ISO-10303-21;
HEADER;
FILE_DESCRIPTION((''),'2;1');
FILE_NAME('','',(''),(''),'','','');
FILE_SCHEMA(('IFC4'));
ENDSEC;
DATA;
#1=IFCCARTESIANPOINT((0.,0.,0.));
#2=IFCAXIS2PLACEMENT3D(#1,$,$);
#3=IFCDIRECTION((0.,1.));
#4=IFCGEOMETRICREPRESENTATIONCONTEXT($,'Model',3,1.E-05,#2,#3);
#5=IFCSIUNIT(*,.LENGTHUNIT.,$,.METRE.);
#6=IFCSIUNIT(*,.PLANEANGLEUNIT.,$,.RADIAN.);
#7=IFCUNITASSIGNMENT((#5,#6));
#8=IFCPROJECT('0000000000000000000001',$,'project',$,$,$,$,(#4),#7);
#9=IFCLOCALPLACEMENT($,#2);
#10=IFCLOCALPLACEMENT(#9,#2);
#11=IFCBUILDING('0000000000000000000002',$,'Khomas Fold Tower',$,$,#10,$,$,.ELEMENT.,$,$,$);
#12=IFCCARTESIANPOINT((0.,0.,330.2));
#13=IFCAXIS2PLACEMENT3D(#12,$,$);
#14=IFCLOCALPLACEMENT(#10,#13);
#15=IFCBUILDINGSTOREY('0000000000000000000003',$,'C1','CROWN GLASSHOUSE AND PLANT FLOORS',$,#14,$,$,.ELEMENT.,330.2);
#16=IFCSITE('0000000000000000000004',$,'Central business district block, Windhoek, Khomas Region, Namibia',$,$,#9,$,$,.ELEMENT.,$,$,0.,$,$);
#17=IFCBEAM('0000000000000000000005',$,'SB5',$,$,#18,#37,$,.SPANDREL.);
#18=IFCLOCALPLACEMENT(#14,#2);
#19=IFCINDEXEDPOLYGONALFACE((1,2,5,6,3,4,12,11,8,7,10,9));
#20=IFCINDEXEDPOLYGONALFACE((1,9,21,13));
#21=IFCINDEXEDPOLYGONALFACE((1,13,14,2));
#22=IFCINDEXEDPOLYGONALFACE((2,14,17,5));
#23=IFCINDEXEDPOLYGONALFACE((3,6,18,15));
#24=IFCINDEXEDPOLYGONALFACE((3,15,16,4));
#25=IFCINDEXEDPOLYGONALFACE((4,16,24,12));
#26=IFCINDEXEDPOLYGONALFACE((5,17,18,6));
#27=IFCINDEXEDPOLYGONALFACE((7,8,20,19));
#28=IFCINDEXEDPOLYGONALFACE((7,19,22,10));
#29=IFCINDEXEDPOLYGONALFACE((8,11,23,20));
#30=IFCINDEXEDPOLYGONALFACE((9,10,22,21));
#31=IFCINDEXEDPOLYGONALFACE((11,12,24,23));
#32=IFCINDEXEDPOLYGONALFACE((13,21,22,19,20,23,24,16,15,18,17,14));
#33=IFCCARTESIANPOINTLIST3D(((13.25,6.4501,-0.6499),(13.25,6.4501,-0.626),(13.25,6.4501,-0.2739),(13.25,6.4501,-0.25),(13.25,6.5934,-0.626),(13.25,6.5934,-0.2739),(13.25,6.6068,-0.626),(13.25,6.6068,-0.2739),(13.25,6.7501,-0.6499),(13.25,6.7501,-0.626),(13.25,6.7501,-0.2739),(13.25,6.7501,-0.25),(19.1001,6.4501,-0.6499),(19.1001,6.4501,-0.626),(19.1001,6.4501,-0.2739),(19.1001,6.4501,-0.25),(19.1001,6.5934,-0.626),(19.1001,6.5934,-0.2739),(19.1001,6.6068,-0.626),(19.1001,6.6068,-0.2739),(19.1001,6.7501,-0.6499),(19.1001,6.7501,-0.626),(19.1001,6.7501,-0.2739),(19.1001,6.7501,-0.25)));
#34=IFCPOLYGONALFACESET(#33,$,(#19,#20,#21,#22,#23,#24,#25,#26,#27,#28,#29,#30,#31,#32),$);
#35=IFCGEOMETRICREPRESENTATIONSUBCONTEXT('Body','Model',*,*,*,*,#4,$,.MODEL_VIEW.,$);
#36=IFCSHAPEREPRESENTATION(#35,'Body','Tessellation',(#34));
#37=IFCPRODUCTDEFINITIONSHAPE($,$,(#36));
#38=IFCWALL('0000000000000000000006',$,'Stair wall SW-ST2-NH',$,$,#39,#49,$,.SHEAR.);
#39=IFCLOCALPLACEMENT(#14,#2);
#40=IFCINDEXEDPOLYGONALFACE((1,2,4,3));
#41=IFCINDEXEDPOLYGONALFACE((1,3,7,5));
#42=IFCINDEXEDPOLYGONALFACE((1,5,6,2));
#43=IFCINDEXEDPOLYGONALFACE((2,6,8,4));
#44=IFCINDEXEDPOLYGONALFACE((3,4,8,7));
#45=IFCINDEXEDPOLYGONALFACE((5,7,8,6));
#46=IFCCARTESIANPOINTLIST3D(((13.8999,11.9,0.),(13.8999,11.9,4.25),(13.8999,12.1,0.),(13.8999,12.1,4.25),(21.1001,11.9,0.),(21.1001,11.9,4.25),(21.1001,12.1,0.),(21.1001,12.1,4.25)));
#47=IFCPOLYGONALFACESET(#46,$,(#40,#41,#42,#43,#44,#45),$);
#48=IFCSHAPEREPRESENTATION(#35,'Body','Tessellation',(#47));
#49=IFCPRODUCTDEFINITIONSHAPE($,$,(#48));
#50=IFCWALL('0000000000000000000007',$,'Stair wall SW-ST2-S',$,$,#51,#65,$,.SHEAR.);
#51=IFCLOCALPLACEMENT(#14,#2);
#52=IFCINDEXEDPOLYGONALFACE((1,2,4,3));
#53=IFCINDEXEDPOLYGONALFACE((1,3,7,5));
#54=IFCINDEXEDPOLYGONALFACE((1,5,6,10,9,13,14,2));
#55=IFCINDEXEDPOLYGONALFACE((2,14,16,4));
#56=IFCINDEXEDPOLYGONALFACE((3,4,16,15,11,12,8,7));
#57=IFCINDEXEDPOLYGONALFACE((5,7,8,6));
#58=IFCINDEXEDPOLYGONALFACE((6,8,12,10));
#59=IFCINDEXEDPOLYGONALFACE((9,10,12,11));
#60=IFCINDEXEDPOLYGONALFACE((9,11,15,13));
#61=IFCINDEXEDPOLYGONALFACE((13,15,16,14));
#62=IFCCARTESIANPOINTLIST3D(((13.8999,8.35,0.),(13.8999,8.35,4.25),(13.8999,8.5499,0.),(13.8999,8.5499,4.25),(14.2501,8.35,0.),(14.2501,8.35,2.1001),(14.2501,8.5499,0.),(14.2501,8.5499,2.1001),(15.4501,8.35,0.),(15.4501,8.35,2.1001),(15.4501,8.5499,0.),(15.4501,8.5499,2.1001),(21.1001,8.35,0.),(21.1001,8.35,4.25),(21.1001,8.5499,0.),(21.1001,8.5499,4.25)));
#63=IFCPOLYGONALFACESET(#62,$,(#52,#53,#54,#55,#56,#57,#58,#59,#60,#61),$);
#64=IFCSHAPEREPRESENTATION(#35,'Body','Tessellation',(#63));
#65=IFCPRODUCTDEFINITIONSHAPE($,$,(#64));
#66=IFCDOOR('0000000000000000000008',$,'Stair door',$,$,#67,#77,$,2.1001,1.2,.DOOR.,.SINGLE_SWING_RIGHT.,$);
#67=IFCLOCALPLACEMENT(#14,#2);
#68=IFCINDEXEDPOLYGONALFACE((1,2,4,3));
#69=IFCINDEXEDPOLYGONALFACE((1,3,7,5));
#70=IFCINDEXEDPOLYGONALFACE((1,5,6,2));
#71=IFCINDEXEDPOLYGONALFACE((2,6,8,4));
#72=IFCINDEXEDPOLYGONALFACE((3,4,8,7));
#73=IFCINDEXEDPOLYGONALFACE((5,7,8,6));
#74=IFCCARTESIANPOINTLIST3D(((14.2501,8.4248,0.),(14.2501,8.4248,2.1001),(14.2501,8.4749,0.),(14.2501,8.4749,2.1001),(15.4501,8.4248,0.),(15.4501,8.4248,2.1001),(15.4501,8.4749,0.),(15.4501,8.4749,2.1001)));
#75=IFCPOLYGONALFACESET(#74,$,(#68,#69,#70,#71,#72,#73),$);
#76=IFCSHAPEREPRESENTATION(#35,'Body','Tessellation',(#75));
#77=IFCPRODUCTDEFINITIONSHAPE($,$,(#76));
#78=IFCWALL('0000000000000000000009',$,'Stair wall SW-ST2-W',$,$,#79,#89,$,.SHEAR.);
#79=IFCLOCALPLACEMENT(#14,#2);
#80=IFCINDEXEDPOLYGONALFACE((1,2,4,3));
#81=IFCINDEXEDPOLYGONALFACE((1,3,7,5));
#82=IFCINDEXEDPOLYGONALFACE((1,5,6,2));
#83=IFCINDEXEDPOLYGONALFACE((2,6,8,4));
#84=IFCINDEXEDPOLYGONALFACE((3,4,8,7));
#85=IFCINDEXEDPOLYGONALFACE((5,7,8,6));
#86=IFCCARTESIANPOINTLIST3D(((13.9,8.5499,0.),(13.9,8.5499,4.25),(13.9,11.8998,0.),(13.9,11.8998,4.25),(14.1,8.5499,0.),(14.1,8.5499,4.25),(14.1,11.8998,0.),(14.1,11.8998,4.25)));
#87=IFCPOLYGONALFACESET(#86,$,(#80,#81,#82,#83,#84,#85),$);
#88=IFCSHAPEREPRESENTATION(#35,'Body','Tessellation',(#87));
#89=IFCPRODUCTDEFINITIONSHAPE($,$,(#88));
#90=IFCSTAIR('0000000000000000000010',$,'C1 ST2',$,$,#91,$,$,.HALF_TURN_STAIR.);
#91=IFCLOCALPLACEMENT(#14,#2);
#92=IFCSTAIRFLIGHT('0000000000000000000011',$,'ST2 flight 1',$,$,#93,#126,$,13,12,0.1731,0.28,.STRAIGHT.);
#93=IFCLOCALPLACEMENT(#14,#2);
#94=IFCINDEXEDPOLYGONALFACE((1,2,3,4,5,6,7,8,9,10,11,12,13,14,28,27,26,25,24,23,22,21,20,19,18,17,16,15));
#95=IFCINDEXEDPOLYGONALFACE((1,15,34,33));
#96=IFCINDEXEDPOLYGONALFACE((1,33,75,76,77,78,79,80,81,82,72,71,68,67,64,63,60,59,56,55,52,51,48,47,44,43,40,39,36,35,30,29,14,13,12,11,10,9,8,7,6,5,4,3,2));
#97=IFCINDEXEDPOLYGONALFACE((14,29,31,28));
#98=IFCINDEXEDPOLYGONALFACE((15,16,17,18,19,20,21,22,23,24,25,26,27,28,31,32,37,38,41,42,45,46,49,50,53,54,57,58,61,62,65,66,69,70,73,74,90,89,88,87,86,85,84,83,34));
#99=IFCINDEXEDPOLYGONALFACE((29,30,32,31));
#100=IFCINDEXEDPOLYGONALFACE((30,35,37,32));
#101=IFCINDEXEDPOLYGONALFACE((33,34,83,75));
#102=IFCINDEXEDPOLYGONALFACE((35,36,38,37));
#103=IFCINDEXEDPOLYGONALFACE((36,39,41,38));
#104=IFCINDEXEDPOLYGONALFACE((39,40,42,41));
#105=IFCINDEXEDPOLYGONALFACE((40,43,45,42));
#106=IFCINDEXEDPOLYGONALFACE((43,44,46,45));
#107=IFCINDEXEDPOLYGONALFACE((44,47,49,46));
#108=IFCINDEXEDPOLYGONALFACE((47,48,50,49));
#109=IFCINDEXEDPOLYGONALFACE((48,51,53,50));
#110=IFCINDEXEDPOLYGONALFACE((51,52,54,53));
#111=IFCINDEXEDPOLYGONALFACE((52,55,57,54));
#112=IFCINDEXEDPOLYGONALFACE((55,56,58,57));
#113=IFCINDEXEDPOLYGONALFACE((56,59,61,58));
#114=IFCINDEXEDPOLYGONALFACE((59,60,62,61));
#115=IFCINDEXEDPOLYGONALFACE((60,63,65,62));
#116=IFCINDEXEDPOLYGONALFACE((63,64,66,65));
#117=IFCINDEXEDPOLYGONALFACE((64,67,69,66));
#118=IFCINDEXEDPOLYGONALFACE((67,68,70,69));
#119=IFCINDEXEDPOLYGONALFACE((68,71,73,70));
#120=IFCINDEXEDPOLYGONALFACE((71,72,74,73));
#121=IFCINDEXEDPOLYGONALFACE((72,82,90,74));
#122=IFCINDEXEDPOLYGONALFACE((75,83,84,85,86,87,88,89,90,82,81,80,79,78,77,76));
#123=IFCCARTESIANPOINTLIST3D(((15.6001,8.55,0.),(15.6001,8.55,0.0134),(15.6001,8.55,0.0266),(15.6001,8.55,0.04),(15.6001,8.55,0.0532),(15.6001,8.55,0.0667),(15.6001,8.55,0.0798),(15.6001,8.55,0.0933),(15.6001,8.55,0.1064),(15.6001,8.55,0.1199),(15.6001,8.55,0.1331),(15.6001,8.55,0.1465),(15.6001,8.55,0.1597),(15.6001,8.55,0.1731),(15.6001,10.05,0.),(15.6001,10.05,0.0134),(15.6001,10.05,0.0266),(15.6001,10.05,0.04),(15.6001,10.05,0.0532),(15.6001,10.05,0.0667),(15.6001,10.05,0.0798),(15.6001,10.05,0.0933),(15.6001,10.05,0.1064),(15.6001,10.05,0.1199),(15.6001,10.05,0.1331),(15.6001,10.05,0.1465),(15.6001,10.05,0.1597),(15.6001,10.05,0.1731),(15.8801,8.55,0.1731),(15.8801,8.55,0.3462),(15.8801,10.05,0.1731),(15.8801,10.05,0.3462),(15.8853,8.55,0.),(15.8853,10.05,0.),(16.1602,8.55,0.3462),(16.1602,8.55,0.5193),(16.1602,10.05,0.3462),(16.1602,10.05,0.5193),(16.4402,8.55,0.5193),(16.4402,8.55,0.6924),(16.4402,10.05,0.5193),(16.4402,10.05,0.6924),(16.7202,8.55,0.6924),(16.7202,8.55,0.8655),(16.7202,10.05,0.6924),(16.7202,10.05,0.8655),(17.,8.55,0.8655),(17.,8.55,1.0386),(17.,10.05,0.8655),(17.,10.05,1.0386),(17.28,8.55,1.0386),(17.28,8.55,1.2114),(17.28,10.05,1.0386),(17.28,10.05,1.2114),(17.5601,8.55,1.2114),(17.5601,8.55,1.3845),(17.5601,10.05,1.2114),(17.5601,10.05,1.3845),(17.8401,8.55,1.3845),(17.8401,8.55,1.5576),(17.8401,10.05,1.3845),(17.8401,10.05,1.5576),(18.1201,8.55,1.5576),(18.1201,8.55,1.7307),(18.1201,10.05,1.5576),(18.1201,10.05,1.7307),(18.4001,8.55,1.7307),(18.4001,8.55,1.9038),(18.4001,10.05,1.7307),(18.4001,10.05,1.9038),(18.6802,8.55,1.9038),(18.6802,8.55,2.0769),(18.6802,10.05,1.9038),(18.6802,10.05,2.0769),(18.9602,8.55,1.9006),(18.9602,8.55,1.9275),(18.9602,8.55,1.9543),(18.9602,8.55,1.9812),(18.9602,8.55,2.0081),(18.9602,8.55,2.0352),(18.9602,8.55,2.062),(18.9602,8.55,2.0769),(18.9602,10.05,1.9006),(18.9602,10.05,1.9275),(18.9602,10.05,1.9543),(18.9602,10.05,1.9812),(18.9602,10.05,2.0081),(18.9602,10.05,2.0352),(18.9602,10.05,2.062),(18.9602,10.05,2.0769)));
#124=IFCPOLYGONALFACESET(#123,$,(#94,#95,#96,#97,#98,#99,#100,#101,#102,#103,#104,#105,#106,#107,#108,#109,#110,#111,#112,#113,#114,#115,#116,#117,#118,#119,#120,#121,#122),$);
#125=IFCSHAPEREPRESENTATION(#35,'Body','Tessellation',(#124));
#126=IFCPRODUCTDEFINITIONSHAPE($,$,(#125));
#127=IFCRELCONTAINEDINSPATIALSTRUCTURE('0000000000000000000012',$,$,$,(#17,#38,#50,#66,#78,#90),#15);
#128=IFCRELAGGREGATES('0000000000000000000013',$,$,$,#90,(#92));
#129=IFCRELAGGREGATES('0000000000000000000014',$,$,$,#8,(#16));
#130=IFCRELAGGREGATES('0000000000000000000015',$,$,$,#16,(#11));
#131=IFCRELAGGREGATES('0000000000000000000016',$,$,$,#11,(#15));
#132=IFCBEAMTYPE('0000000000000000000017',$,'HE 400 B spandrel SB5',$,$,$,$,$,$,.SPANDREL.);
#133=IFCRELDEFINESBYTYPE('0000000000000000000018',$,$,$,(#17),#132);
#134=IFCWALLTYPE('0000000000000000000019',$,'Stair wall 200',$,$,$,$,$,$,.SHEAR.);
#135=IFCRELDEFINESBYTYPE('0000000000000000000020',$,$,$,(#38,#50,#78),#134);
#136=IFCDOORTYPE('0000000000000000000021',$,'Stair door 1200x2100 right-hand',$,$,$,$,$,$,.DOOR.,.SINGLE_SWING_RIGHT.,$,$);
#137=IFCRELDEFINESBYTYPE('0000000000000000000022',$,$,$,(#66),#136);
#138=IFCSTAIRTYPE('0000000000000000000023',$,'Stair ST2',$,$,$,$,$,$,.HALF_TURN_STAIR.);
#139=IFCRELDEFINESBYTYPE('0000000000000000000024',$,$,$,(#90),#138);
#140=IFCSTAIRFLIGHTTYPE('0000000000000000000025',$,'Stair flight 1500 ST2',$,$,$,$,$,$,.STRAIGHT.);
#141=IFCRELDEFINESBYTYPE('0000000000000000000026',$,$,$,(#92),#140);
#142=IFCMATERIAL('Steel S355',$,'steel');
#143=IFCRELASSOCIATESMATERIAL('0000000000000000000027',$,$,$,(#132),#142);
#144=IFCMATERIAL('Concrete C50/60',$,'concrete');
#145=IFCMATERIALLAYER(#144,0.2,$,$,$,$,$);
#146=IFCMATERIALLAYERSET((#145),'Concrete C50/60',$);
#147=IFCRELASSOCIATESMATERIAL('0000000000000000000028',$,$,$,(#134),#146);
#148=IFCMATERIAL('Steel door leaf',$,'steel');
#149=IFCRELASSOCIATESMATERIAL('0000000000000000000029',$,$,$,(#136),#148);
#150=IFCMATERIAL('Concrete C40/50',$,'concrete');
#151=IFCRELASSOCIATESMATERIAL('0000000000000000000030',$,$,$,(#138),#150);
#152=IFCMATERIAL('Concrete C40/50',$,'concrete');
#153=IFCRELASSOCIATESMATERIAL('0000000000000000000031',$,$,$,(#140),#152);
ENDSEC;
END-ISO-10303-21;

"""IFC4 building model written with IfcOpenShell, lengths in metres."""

from ifc_helpers import new_model, si_unit, direction, frame, frame_2d, origin, origin_2d, place, context, subcontext, project, spatial, polyline, rectangle, i_section, outline, extrude, source, transform, mapped, material, layer, layer_set, material_profile, profile_set, type_object, element, fill, aggregate, save


model = new_model("IFC4")

# Units and contexts
model_context = context("Model", 3, precision=1e-05, world=origin(), true_north=direction((0.0, 1.0)))
body_context = subcontext(model_context, "Body", "Model", "MODEL_VIEW")
ifc_project = project(units=[si_unit("LENGTHUNIT", "METRE"), si_unit("PLANEANGLEUNIT", "RADIAN")], contexts=[model_context])

# Site, building, storey
site_placement = place(None, origin())
site = spatial("IfcSite", under=ifc_project, at=site_placement, Name="Central business district block, Windhoek, Khomas Region, Namibia", CompositionType="ELEMENT", RefElevation=0.0)
building_placement = place(site_placement, origin())
building = spatial("IfcBuilding", under=site, at=building_placement, Name="Khomas Fold Tower", CompositionType="ELEMENT")
storey_placement = place(building_placement, frame((0.0, 0.0, 330.2)))
storey = spatial("IfcBuildingStorey", under=building, at=storey_placement, Name="C1", Description="CROWN GLASSHOUSE AND PLANT FLOORS", CompositionType="ELEMENT", Elevation=330.2)

# Beam
ifc_material_1 = material(Name="Steel S355", Category="steel")
ifc_material_profile = material_profile(ifc_material_1, i_section(OverallWidth=0.3, OverallDepth=0.3999, WebThickness=0.0134, FlangeThickness=0.0239, at=origin_2d()), Name="HE 400 B")
ifc_profile_set = profile_set([ifc_material_profile], Name="Steel S355")
beam_type = type_object("IfcBeamType", Name="HE 400 B spandrel SB5", PredefinedType="SPANDREL", material=ifc_profile_set)
shared_shape_1 = source(origin(), body_context, "Body", "SweptSolid", [
    extrude(i_section(OverallWidth=0.3, OverallDepth=0.3999, WebThickness=0.0134, FlangeThickness=0.0239, at=origin_2d()), origin(), (0.0, 0.0, 1.0), 5.8501),
])
beam_placement = place(storey_placement, frame((13.25, 6.6001, -0.45), z_axis=(1.0, 0.0, 0.0), x_axis=(0.0, 1.0, 0.0)))
element("IfcBeam", 1, at=beam_placement, inside=storey, type_object=beam_type, Name="SB5", PredefinedType="SPANDREL", context=body_context, shape_type="MappedRepresentation", body=[
    mapped(shared_shape_1, transform((0.0, 0.0, 0.0))),
])

# Wall
ifc_material_2 = material(Name="Concrete C50/60", Category="concrete")
ifc_layer = layer(ifc_material_2, 0.2)
ifc_layer_set = layer_set([ifc_layer], Name="Concrete C50/60")
wall_type = type_object("IfcWallType", Name="Stair wall 200", PredefinedType="SHEAR", material=ifc_layer_set)
shared_shape_2 = source(origin(), body_context, "Body", "SweptSolid", [
    extrude(rectangle(XDim=7.2002, YDim=0.2, at=frame_2d((3.6001, 0.0))), origin(), (0.0, 0.0, 1.0), 4.25),
])
wall_1_placement = place(storey_placement, frame((13.8999, 12.0, 0.0), z_axis=(0.0, 0.0, 1.0), x_axis=(1.0, 0.0, 0.0)))
element("IfcWall", 2, at=wall_1_placement, inside=storey, type_object=wall_type, Name="Stair wall SW-ST2-NH", PredefinedType="SHEAR", context=body_context, shape_type="MappedRepresentation", body=[
    mapped(shared_shape_2, transform((0.0, 0.0, 0.0))),
])

# Wall, opening, door
wall_2_placement = place(storey_placement, frame((13.8999, 8.45, 0.0), z_axis=(0.0, 0.0, 1.0), x_axis=(1.0, 0.0, 0.0)))
wall_2 = element("IfcWall", 3, at=wall_2_placement, inside=storey, type_object=wall_type, Name="Stair wall SW-ST2-S", PredefinedType="SHEAR", context=body_context, shape_type="MappedRepresentation", body=[
    mapped(shared_shape_2, transform((0.0, 0.0, 0.0))),
])
shared_shape_3 = source(origin(), body_context, "Body", "SweptSolid", [
    extrude(rectangle(XDim=1.2, YDim=2.1001, at=frame_2d((0.6001, 1.05))), frame((0.0, 0.1099, 0.0), z_axis=(0.0, -1.0, 0.0), x_axis=(1.0, 0.0, 0.0)), (0.0, 0.0, 1.0), 0.22),
])
opening_placement = place(wall_2_placement, frame((0.3501, 0.0, 0.0)))
opening = element("IfcOpeningElement", 4, at=opening_placement, cuts=wall_2, PredefinedType="OPENING", context=body_context, shape_type="MappedRepresentation", body=[
    mapped(shared_shape_3, transform((0.0, 0.0, 0.0))),
])
ifc_material_3 = material(Name="Steel door leaf", Category="steel")
door_type = type_object("IfcDoorType", Name="Stair door 1200x2100 right-hand", OperationType="SINGLE_SWING_RIGHT", PredefinedType="DOOR", material=ifc_material_3)
shared_shape_4 = source(origin(), body_context, "Body", "SweptSolid", [
    extrude(rectangle(XDim=1.2, YDim=2.1001, at=frame_2d((0.6001, 1.05))), frame((0.0, 0.0249, 0.0), z_axis=(0.0, -1.0, 0.0), x_axis=(1.0, 0.0, 0.0)), (0.0, 0.0, 1.0), 0.05),
])
door_placement = place(opening_placement, origin())
door = element("IfcDoor", 5, at=door_placement, inside=storey, type_object=door_type, Name="Stair door", OperationType="SINGLE_SWING_RIGHT", OverallHeight=2.1001, OverallWidth=1.2, PredefinedType="DOOR", context=body_context, shape_type="MappedRepresentation", body=[
    mapped(shared_shape_4, transform((0.0, 0.0, 0.0))),
])
fill(opening, door)

# Wall
shared_shape_5 = source(origin(), body_context, "Body", "SweptSolid", [
    extrude(rectangle(XDim=3.3499, YDim=0.2, at=frame_2d((1.6748, 0.0))), origin(), (0.0, 0.0, 1.0), 4.25),
])
wall_3_placement = place(storey_placement, frame((14.0, 8.55, 0.0), z_axis=(0.0, 0.0, 1.0), x_axis=(0.0, 1.0, 0.0)))
element("IfcWall", 6, at=wall_3_placement, inside=storey, type_object=wall_type, Name="Stair wall SW-ST2-W", PredefinedType="SHEAR", context=body_context, shape_type="MappedRepresentation", body=[
    mapped(shared_shape_5, transform((0.0, 0.0, 0.0))),
])

# Stair, stair flight
ifc_material_4 = material(Name="Concrete C40/50", Category="concrete")
stair_type = type_object("IfcStairType", Name="Stair ST2", PredefinedType="HALF_TURN_STAIR", material=ifc_material_4)
stair_placement = place(storey_placement, origin())
stair = element("IfcStair", 7, at=stair_placement, inside=storey, type_object=stair_type, Name="C1 ST2", PredefinedType="HALF_TURN_STAIR")
ifc_material_5 = material(Name="Concrete C40/50", Category="concrete")
stair_flight_type = type_object("IfcStairFlightType", Name="Stair flight 1500 ST2", PredefinedType="STRAIGHT", material=ifc_material_5)
shared_shape_6 = source(origin(), body_context, "Body", "SweptSolid", [
    extrude(outline(polyline([(0.0, 0.0), (0.0, 0.0134), (0.0, 0.0266), (0.0, 0.04), (0.0, 0.0532), (0.0, 0.0667), (0.0, 0.0798), (0.0, 0.0933), (0.0, 0.1064), (0.0, 0.1199), (0.0, 0.1331), (0.0, 0.1465), (0.0, 0.1597), (0.0, 0.1731), (0.28, 0.1731), (0.28, 0.3462), (0.5601, 0.3462), (0.5601, 0.5193), (0.8401, 0.5193), (0.8401, 0.6924), (1.1201, 0.6924), (1.1201, 0.8655), (1.3999, 0.8655), (1.3999, 1.0386), (1.6799, 1.0386), (1.6799, 1.2114), (1.96, 1.2114), (1.96, 1.3845), (2.24, 1.3845), (2.24, 1.5576), (2.52, 1.5576), (2.52, 1.7307), (2.8, 1.7307), (2.8, 1.9038), (3.0801, 1.9038), (3.0801, 2.0769), (3.3601, 2.0769), (3.3601, 2.25), (3.3601, 2.2231), (3.3601, 2.1963), (3.3601, 2.1694), (3.3601, 2.1426), (3.3601, 2.1157), (3.3601, 2.0889), (3.3601, 2.062), (3.3601, 2.0352), (3.3601, 2.0081), (3.3601, 1.9812), (3.3601, 1.9543), (3.3601, 1.9275), (3.3601, 1.9006), (0.2852, 0.0), (0.0, 0.0)])), frame((0.0, 0.75, 0.0), z_axis=(0.0, -1.0, 0.0), x_axis=(1.0, 0.0, 0.0)), (0.0, 0.0, 1.0), 1.5),
])
stair_flight_1_placement = place(storey_placement, frame((15.6001, 9.3, 0.0), z_axis=(0.0, 0.0, 1.0), x_axis=(1.0, 0.0, 0.0)))
stair_flight_1 = element("IfcStairFlight", 8, at=stair_flight_1_placement, type_object=stair_flight_type, Name="ST2 flight 1", NumberOfRisers=13, NumberOfTreads=12, PredefinedType="STRAIGHT", RiserHeight=0.1731, TreadLength=0.28, context=body_context, shape_type="MappedRepresentation", body=[
    mapped(shared_shape_6, transform((0.0, 0.0, 0.0))),
])
aggregate(stair, [stair_flight_1])

save(model, "model.ifc")
